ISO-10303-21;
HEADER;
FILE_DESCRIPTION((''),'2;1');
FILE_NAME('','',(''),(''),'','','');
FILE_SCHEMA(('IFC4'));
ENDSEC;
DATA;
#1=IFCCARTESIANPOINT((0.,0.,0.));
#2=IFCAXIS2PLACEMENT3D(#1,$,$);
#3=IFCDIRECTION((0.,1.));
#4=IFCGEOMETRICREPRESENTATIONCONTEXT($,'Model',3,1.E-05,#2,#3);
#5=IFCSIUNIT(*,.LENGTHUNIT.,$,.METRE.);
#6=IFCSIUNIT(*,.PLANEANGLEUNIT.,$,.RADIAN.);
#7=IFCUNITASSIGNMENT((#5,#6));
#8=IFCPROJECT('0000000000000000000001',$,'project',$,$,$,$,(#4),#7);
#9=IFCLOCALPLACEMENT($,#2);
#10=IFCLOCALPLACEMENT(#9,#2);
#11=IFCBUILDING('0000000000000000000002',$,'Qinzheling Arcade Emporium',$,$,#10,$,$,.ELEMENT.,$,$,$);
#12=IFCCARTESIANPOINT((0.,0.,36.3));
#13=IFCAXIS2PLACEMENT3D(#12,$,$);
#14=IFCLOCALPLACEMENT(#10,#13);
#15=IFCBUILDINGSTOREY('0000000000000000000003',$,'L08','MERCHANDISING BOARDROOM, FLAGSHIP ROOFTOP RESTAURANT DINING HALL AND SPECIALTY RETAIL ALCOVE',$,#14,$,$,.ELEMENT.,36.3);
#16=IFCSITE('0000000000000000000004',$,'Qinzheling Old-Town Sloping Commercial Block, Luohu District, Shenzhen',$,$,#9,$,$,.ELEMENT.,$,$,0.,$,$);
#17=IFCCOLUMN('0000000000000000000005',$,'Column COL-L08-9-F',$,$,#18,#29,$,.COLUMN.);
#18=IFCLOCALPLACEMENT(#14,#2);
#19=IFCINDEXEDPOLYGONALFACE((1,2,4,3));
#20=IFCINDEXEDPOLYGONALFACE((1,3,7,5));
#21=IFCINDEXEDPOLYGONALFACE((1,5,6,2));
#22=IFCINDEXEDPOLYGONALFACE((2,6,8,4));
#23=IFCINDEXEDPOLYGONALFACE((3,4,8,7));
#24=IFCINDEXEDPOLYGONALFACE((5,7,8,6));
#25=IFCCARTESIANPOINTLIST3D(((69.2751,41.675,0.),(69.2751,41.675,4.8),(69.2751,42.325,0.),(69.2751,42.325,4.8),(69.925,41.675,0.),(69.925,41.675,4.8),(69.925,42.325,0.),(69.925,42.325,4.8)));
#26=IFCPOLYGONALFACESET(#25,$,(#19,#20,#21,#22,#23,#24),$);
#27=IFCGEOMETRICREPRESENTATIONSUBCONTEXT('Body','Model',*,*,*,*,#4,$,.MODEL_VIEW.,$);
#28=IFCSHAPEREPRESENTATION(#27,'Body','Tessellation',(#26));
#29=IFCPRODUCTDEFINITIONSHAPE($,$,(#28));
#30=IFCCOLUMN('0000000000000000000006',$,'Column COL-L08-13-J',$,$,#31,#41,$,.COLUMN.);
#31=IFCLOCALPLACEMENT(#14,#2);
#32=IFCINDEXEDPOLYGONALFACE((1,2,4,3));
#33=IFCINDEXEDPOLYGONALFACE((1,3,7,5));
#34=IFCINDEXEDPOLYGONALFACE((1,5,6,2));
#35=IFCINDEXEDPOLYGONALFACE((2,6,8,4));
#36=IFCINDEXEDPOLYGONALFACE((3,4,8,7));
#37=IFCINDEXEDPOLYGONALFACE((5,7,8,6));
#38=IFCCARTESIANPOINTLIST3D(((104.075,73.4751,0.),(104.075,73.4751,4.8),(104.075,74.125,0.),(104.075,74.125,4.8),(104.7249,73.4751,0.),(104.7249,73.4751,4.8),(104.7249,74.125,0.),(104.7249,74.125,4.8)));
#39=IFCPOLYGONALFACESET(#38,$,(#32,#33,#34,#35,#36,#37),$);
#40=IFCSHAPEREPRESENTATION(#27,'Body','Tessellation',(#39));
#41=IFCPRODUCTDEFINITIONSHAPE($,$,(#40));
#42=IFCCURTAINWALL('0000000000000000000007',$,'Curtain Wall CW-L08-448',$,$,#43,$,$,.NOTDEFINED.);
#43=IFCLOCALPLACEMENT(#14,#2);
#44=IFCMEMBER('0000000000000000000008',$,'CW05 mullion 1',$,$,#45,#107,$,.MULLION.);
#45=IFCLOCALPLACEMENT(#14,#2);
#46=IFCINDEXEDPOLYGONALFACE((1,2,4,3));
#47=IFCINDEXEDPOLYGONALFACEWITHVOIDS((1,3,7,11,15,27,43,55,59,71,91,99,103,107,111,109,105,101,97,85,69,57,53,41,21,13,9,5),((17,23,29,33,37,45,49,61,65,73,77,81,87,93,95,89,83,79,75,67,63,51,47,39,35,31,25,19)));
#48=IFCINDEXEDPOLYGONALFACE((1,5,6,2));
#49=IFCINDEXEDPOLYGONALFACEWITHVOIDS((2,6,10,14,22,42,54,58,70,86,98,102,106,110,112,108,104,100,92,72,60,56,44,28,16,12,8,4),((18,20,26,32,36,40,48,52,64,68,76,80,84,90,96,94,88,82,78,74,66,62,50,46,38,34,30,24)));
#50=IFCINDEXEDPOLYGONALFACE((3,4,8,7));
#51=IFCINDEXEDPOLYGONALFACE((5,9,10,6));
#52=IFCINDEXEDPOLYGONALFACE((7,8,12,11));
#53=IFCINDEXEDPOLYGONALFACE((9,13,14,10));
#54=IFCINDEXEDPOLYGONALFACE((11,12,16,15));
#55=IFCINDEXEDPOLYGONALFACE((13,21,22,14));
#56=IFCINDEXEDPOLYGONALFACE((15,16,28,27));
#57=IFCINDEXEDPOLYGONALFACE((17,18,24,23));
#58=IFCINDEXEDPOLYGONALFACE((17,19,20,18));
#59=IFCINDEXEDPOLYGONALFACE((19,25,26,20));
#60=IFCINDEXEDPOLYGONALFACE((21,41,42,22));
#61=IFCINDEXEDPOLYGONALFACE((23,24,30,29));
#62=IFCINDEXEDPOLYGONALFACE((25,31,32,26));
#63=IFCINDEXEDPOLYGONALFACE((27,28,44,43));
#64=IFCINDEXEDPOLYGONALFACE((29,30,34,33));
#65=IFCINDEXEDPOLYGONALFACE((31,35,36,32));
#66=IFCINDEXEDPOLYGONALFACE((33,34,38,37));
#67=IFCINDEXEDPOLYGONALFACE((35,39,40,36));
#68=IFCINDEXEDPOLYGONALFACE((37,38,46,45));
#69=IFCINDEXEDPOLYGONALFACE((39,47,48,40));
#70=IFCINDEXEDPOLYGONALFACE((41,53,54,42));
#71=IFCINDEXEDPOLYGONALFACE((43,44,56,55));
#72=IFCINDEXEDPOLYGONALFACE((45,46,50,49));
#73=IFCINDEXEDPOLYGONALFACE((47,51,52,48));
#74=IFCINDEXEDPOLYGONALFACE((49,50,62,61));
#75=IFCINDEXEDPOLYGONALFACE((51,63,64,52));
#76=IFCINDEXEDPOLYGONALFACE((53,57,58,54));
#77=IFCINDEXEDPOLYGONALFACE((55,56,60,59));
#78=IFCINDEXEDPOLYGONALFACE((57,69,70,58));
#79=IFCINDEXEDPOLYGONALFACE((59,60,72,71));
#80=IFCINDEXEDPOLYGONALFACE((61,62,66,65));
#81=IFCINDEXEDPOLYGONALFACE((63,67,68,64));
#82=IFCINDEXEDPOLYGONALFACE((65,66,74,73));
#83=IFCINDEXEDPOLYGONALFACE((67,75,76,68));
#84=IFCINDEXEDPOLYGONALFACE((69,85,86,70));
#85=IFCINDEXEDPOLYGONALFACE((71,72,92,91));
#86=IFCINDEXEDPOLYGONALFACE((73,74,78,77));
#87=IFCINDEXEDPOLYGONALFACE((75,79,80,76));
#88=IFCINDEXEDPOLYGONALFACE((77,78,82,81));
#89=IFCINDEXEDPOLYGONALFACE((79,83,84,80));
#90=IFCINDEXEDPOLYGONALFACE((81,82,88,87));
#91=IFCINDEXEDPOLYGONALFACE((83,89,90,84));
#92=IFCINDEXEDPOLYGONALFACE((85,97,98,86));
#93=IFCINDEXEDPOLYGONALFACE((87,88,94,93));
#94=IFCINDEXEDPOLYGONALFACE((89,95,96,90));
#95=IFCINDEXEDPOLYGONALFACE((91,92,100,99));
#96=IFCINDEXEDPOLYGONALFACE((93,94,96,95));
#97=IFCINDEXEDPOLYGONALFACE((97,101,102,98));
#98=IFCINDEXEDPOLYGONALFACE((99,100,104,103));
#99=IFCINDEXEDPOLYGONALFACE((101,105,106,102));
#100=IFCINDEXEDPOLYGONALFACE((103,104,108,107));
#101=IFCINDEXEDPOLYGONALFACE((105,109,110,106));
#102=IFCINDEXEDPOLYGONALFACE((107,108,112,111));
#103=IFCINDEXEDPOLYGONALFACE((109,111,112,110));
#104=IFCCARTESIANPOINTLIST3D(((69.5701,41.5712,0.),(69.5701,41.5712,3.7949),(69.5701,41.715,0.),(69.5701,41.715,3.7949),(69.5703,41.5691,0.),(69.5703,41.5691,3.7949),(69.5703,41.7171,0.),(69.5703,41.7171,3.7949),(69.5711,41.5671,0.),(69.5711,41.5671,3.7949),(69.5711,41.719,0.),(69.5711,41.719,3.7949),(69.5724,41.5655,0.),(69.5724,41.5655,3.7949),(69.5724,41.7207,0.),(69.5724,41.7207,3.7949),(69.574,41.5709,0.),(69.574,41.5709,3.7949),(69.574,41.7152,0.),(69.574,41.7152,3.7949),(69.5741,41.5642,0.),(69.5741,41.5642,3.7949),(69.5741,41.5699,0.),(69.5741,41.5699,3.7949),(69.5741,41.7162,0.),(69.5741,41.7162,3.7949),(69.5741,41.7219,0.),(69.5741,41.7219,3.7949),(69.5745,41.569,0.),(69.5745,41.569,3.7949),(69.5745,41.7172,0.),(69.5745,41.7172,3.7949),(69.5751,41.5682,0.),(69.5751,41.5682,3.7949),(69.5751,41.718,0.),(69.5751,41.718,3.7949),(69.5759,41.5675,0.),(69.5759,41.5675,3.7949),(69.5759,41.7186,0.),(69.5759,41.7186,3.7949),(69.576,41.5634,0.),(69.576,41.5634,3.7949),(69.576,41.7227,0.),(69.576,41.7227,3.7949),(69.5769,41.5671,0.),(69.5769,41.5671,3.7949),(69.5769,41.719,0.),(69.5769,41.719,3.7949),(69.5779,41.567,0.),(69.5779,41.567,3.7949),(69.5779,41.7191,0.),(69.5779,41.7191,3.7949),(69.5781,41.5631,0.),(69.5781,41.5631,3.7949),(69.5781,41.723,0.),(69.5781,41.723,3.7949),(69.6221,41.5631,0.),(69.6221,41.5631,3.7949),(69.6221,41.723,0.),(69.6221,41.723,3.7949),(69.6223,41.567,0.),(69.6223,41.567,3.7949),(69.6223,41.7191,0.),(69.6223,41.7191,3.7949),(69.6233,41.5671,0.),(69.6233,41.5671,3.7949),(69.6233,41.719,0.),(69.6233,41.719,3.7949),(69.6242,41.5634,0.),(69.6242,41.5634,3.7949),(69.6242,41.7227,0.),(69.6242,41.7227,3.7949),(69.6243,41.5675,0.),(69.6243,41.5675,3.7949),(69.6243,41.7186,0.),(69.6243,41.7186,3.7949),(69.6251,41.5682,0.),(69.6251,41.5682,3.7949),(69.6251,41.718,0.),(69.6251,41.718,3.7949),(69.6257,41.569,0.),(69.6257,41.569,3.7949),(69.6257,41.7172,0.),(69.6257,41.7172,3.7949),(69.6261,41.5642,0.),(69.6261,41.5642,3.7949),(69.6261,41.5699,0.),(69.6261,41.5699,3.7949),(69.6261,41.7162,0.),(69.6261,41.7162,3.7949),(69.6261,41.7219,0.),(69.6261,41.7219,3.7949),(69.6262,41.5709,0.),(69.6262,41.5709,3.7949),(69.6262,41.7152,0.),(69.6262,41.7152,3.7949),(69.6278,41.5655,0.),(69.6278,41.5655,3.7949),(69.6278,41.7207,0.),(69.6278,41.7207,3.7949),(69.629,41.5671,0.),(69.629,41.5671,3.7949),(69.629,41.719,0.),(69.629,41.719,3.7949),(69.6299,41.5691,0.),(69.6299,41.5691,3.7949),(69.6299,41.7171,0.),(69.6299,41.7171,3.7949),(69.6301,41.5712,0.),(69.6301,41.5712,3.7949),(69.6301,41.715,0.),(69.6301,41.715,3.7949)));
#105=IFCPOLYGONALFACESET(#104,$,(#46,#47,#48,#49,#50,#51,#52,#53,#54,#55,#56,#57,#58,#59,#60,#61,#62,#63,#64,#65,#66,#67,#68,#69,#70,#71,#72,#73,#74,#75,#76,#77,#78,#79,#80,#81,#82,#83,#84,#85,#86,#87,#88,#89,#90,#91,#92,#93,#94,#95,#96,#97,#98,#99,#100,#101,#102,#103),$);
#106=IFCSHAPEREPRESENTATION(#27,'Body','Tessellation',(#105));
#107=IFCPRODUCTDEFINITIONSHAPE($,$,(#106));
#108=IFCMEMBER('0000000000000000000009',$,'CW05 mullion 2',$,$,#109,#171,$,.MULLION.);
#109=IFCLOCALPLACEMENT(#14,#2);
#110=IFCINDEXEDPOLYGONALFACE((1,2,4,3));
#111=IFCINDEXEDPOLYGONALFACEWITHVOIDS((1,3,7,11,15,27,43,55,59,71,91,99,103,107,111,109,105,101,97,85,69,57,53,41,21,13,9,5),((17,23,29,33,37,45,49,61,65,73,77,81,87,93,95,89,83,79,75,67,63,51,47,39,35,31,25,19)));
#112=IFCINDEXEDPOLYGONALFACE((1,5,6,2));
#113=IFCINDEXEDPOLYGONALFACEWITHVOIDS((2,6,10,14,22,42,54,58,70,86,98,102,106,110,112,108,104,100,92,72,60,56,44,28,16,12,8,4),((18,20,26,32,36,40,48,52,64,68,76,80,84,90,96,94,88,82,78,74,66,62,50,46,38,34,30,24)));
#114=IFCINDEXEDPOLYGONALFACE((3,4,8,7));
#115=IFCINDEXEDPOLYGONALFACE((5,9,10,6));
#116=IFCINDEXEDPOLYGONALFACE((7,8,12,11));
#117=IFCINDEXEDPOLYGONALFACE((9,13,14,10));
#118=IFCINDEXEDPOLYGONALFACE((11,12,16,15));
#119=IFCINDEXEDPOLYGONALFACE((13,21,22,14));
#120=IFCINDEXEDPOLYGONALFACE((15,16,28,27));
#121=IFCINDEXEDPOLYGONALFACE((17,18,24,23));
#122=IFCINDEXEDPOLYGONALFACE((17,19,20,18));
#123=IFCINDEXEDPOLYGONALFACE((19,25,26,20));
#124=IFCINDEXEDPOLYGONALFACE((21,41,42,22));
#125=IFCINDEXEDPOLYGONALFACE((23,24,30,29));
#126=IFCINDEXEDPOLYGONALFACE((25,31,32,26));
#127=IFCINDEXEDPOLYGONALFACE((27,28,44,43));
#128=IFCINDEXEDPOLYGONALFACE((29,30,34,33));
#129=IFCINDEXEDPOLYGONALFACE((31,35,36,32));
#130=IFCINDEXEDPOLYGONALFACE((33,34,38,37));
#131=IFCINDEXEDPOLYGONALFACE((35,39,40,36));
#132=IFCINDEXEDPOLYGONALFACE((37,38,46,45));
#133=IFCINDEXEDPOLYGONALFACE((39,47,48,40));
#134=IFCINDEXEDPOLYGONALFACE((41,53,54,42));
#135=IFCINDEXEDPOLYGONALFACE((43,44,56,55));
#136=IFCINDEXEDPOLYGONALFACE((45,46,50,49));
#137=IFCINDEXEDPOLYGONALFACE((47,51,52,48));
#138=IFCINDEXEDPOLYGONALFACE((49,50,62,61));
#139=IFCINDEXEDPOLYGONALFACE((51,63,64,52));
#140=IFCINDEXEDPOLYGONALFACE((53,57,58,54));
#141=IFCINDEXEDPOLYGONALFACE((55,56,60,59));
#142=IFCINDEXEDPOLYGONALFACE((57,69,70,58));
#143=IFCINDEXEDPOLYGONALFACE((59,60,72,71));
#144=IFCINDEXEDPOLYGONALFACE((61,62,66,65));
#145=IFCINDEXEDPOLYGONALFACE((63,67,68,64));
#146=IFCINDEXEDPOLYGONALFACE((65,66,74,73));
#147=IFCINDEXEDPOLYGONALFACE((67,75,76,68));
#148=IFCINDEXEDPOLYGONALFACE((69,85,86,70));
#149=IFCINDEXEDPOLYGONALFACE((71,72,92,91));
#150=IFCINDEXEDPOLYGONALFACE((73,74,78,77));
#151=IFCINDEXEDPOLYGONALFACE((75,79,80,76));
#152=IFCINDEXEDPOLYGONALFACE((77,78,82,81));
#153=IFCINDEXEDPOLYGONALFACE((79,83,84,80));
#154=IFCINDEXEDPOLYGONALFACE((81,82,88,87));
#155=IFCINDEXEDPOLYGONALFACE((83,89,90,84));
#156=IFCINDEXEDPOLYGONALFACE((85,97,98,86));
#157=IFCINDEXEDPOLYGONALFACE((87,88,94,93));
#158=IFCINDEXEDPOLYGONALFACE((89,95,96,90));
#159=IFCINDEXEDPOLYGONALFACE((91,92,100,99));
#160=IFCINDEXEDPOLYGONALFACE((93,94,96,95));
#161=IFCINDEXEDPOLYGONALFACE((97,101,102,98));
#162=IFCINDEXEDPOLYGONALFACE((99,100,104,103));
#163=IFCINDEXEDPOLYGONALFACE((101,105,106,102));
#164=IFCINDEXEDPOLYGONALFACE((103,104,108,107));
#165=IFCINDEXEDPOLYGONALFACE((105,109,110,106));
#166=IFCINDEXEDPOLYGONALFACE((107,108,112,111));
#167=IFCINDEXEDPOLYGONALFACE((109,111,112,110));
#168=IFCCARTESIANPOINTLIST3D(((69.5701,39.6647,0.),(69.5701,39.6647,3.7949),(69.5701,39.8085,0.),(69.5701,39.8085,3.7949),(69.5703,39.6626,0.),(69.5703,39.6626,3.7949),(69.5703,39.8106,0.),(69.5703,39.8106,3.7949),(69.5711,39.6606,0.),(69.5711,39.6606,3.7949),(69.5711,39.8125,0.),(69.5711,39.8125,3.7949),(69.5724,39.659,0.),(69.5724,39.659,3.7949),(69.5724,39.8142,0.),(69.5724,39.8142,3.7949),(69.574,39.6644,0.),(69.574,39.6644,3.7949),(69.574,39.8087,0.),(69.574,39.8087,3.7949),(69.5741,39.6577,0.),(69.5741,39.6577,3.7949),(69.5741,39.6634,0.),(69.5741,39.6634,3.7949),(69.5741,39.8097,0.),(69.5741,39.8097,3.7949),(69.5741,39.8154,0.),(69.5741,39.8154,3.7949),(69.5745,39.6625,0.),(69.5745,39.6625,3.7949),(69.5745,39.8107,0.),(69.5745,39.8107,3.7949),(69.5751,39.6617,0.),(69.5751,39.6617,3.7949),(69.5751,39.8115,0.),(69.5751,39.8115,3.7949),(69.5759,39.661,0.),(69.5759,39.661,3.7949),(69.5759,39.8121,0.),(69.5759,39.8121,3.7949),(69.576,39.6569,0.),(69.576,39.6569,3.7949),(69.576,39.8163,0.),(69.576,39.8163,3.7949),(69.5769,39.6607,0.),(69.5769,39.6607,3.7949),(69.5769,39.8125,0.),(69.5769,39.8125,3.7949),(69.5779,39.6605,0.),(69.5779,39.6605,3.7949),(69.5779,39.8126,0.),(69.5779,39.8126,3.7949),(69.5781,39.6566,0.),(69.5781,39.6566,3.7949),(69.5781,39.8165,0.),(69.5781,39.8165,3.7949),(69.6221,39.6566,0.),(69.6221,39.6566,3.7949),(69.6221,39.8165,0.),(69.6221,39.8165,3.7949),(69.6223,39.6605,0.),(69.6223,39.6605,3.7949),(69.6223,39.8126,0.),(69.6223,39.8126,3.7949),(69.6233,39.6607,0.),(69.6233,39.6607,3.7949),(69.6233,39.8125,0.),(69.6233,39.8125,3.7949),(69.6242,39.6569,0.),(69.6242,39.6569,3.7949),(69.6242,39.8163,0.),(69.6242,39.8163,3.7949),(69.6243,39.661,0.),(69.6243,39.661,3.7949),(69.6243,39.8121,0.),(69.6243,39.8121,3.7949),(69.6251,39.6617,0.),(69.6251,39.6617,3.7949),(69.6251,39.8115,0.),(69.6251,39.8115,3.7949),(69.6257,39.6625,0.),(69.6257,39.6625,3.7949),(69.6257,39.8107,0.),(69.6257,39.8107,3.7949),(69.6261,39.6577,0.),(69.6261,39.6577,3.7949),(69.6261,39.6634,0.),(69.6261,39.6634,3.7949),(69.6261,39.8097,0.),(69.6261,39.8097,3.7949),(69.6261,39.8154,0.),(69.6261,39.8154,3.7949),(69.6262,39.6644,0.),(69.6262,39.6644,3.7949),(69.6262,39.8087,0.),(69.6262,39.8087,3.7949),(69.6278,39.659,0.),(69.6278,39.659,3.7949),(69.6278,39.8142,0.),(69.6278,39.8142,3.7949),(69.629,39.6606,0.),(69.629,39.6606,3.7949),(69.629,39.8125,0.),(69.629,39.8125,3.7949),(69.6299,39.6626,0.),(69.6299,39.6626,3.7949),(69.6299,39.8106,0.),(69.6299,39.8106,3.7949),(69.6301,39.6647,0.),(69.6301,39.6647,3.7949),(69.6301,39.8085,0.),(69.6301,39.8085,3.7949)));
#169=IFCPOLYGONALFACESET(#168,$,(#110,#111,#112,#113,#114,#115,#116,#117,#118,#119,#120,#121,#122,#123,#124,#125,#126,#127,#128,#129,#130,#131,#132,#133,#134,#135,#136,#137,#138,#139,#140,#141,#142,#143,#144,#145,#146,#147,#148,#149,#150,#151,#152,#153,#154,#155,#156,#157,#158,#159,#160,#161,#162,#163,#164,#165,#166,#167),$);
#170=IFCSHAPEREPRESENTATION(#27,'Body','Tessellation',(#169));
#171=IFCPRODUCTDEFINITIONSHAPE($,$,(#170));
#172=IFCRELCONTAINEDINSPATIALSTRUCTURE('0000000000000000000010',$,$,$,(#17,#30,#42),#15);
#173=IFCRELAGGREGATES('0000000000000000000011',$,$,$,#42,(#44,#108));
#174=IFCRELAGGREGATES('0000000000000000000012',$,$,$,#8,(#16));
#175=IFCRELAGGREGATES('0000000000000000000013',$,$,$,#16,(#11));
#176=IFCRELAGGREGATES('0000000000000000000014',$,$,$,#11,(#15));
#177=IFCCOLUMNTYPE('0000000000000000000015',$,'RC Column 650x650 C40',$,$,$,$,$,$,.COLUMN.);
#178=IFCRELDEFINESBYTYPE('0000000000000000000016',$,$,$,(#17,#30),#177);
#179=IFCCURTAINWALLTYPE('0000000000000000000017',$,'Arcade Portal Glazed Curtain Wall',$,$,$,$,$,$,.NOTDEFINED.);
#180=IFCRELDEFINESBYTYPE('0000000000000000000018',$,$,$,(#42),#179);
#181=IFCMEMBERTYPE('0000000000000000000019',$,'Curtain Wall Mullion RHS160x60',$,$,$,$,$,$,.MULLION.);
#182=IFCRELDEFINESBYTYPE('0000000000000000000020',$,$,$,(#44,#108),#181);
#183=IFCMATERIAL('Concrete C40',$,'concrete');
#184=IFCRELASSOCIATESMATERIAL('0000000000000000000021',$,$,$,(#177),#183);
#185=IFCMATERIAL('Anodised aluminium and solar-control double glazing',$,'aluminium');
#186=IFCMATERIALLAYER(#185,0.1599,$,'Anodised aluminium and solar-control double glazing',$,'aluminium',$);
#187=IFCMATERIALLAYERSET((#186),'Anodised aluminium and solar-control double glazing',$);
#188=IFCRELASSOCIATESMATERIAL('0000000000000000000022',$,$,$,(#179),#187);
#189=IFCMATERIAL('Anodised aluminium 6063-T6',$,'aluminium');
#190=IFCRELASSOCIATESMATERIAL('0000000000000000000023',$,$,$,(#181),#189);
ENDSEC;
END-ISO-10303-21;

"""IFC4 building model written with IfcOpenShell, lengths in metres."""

from ifc_helpers import new_model, si_unit, direction, frame, origin, origin_2d, place, context, subcontext, project, spatial, rectangle, hollow_rectangle, extrude, material, layer, layer_set, material_profile, profile_set, type_object, element, aggregate, save


model = new_model("IFC4")

# Units and contexts
model_context = context("Model", 3, precision=1e-05, world=origin(), true_north=direction((0.0, 1.0)))
body_context = subcontext(model_context, "Body", "Model", "MODEL_VIEW")
ifc_project = project(units=[si_unit("LENGTHUNIT", "METRE"), si_unit("PLANEANGLEUNIT", "RADIAN")], contexts=[model_context])

# Site, building, storey
site_placement = place(None, origin())
site = spatial("IfcSite", under=ifc_project, at=site_placement, Name="Qinzheling Old-Town Sloping Commercial Block, Luohu District, Shenzhen", CompositionType="ELEMENT", RefElevation=0.0)
building_placement = place(site_placement, origin())
building = spatial("IfcBuilding", under=site, at=building_placement, Name="Qinzheling Arcade Emporium", CompositionType="ELEMENT")
storey_placement = place(building_placement, frame((0.0, 0.0, 36.3)))
storey = spatial("IfcBuildingStorey", under=building, at=storey_placement, Name="L08", Description="MERCHANDISING BOARDROOM, FLAGSHIP ROOFTOP RESTAURANT DINING HALL AND SPECIALTY RETAIL ALCOVE", CompositionType="ELEMENT", Elevation=36.3)

# Columns
ifc_material_1 = material(Name="Concrete C40", Category="concrete")
ifc_material_profile_1 = material_profile(ifc_material_1, rectangle(XDim=0.6499, YDim=0.6499, at=origin_2d()), Name="RC 650x650", Category="concrete")
ifc_profile_set_1 = profile_set([ifc_material_profile_1], Name="Concrete C40")
column_type = type_object("IfcColumnType", Name="RC Column 650x650 C40", PredefinedType="COLUMN", material=ifc_profile_set_1)
for number, where, z_axis, x_axis, name in (
    (1, (69.6001, 42.0, 0.0), (0.0, 0.0, 1.0), (1.0, 0.0, 0.0), "Column COL-L08-9-F"),
    (2, (104.3999, 73.8, 0.0), (0.0, 0.0, 1.0), (1.0, 0.0, 0.0), "Column COL-L08-13-J"),
):
    element("IfcColumn", number, at=place(storey_placement, frame(where, z_axis=z_axis, x_axis=x_axis)), inside=storey, type_object=column_type, Name=name, PredefinedType="COLUMN", context=body_context, shape_type="SweptSolid", body=[
        extrude(rectangle(XDim=0.6499, YDim=0.6499, at=origin_2d()), origin(), (0.0, 0.0, 1.0), 4.8),
    ])

# Curtain wall, members
ifc_material_2 = material(Name="Anodised aluminium and solar-control double glazing", Category="aluminium")
ifc_layer_1 = layer(ifc_material_2, 0.1599, Name="Anodised aluminium and solar-control double glazing", Category="aluminium")
ifc_layer_set_1 = layer_set([ifc_layer_1], Name="Anodised aluminium and solar-control double glazing")
curtain_wall_type_1 = type_object("IfcCurtainWallType", Name="Arcade Portal Glazed Curtain Wall", PredefinedType="NOTDEFINED", material=ifc_layer_set_1)
curtain_wall_1_placement = place(storey_placement, origin())
curtain_wall_1 = element("IfcCurtainWall", 3, at=curtain_wall_1_placement, inside=storey, type_object=curtain_wall_type_1, Name="Curtain Wall CW-L08-448", PredefinedType="NOTDEFINED")
ifc_material_3 = material(Name="Anodised aluminium 6063-T6", Category="aluminium")
ifc_material_profile_2 = material_profile(ifc_material_3, hollow_rectangle(XDim=0.0601, YDim=0.1599, WallThickness=0.0039, InnerFilletRadius=0.0039, OuterFilletRadius=0.0081, at=origin_2d()), Name="RHS 160x60x4", Category="aluminium")
ifc_profile_set_2 = profile_set([ifc_material_profile_2], Name="Anodised aluminium 6063-T6")
member_type_1 = type_object("IfcMemberType", Name="Curtain Wall Mullion RHS160x60", PredefinedType="MULLION", material=ifc_profile_set_2)
member_1_placement = place(storey_placement, frame((69.6001, 41.6431, 0.0), z_axis=(0.0, 0.0, 1.0), x_axis=(1.0, 0.0, 0.0)))
member_1 = element("IfcMember", 4, at=member_1_placement, type_object=member_type_1, Name="CW05 mullion 1", PredefinedType="MULLION", context=body_context, shape_type="SweptSolid", body=[
    extrude(hollow_rectangle(XDim=0.0601, YDim=0.1599, WallThickness=0.0039, InnerFilletRadius=0.0039, OuterFilletRadius=0.0081, at=origin_2d()), origin(), (0.0, 0.0, 1.0), 3.7949),
])
member_2_placement = place(storey_placement, frame((69.6001, 39.7366, 0.0), z_axis=(0.0, 0.0, 1.0), x_axis=(1.0, 0.0, 0.0)))
member_2 = element("IfcMember", 5, at=member_2_placement, type_object=member_type_1, Name="CW05 mullion 2", PredefinedType="MULLION", context=body_context, shape_type="SweptSolid", body=[
    extrude(hollow_rectangle(XDim=0.0601, YDim=0.1599, WallThickness=0.0039, InnerFilletRadius=0.0039, OuterFilletRadius=0.0081, at=origin_2d()), origin(), (0.0, 0.0, 1.0), 3.7949),
])

aggregate(curtain_wall_1, [member_1, member_2])

save(model, "model.ifc")
